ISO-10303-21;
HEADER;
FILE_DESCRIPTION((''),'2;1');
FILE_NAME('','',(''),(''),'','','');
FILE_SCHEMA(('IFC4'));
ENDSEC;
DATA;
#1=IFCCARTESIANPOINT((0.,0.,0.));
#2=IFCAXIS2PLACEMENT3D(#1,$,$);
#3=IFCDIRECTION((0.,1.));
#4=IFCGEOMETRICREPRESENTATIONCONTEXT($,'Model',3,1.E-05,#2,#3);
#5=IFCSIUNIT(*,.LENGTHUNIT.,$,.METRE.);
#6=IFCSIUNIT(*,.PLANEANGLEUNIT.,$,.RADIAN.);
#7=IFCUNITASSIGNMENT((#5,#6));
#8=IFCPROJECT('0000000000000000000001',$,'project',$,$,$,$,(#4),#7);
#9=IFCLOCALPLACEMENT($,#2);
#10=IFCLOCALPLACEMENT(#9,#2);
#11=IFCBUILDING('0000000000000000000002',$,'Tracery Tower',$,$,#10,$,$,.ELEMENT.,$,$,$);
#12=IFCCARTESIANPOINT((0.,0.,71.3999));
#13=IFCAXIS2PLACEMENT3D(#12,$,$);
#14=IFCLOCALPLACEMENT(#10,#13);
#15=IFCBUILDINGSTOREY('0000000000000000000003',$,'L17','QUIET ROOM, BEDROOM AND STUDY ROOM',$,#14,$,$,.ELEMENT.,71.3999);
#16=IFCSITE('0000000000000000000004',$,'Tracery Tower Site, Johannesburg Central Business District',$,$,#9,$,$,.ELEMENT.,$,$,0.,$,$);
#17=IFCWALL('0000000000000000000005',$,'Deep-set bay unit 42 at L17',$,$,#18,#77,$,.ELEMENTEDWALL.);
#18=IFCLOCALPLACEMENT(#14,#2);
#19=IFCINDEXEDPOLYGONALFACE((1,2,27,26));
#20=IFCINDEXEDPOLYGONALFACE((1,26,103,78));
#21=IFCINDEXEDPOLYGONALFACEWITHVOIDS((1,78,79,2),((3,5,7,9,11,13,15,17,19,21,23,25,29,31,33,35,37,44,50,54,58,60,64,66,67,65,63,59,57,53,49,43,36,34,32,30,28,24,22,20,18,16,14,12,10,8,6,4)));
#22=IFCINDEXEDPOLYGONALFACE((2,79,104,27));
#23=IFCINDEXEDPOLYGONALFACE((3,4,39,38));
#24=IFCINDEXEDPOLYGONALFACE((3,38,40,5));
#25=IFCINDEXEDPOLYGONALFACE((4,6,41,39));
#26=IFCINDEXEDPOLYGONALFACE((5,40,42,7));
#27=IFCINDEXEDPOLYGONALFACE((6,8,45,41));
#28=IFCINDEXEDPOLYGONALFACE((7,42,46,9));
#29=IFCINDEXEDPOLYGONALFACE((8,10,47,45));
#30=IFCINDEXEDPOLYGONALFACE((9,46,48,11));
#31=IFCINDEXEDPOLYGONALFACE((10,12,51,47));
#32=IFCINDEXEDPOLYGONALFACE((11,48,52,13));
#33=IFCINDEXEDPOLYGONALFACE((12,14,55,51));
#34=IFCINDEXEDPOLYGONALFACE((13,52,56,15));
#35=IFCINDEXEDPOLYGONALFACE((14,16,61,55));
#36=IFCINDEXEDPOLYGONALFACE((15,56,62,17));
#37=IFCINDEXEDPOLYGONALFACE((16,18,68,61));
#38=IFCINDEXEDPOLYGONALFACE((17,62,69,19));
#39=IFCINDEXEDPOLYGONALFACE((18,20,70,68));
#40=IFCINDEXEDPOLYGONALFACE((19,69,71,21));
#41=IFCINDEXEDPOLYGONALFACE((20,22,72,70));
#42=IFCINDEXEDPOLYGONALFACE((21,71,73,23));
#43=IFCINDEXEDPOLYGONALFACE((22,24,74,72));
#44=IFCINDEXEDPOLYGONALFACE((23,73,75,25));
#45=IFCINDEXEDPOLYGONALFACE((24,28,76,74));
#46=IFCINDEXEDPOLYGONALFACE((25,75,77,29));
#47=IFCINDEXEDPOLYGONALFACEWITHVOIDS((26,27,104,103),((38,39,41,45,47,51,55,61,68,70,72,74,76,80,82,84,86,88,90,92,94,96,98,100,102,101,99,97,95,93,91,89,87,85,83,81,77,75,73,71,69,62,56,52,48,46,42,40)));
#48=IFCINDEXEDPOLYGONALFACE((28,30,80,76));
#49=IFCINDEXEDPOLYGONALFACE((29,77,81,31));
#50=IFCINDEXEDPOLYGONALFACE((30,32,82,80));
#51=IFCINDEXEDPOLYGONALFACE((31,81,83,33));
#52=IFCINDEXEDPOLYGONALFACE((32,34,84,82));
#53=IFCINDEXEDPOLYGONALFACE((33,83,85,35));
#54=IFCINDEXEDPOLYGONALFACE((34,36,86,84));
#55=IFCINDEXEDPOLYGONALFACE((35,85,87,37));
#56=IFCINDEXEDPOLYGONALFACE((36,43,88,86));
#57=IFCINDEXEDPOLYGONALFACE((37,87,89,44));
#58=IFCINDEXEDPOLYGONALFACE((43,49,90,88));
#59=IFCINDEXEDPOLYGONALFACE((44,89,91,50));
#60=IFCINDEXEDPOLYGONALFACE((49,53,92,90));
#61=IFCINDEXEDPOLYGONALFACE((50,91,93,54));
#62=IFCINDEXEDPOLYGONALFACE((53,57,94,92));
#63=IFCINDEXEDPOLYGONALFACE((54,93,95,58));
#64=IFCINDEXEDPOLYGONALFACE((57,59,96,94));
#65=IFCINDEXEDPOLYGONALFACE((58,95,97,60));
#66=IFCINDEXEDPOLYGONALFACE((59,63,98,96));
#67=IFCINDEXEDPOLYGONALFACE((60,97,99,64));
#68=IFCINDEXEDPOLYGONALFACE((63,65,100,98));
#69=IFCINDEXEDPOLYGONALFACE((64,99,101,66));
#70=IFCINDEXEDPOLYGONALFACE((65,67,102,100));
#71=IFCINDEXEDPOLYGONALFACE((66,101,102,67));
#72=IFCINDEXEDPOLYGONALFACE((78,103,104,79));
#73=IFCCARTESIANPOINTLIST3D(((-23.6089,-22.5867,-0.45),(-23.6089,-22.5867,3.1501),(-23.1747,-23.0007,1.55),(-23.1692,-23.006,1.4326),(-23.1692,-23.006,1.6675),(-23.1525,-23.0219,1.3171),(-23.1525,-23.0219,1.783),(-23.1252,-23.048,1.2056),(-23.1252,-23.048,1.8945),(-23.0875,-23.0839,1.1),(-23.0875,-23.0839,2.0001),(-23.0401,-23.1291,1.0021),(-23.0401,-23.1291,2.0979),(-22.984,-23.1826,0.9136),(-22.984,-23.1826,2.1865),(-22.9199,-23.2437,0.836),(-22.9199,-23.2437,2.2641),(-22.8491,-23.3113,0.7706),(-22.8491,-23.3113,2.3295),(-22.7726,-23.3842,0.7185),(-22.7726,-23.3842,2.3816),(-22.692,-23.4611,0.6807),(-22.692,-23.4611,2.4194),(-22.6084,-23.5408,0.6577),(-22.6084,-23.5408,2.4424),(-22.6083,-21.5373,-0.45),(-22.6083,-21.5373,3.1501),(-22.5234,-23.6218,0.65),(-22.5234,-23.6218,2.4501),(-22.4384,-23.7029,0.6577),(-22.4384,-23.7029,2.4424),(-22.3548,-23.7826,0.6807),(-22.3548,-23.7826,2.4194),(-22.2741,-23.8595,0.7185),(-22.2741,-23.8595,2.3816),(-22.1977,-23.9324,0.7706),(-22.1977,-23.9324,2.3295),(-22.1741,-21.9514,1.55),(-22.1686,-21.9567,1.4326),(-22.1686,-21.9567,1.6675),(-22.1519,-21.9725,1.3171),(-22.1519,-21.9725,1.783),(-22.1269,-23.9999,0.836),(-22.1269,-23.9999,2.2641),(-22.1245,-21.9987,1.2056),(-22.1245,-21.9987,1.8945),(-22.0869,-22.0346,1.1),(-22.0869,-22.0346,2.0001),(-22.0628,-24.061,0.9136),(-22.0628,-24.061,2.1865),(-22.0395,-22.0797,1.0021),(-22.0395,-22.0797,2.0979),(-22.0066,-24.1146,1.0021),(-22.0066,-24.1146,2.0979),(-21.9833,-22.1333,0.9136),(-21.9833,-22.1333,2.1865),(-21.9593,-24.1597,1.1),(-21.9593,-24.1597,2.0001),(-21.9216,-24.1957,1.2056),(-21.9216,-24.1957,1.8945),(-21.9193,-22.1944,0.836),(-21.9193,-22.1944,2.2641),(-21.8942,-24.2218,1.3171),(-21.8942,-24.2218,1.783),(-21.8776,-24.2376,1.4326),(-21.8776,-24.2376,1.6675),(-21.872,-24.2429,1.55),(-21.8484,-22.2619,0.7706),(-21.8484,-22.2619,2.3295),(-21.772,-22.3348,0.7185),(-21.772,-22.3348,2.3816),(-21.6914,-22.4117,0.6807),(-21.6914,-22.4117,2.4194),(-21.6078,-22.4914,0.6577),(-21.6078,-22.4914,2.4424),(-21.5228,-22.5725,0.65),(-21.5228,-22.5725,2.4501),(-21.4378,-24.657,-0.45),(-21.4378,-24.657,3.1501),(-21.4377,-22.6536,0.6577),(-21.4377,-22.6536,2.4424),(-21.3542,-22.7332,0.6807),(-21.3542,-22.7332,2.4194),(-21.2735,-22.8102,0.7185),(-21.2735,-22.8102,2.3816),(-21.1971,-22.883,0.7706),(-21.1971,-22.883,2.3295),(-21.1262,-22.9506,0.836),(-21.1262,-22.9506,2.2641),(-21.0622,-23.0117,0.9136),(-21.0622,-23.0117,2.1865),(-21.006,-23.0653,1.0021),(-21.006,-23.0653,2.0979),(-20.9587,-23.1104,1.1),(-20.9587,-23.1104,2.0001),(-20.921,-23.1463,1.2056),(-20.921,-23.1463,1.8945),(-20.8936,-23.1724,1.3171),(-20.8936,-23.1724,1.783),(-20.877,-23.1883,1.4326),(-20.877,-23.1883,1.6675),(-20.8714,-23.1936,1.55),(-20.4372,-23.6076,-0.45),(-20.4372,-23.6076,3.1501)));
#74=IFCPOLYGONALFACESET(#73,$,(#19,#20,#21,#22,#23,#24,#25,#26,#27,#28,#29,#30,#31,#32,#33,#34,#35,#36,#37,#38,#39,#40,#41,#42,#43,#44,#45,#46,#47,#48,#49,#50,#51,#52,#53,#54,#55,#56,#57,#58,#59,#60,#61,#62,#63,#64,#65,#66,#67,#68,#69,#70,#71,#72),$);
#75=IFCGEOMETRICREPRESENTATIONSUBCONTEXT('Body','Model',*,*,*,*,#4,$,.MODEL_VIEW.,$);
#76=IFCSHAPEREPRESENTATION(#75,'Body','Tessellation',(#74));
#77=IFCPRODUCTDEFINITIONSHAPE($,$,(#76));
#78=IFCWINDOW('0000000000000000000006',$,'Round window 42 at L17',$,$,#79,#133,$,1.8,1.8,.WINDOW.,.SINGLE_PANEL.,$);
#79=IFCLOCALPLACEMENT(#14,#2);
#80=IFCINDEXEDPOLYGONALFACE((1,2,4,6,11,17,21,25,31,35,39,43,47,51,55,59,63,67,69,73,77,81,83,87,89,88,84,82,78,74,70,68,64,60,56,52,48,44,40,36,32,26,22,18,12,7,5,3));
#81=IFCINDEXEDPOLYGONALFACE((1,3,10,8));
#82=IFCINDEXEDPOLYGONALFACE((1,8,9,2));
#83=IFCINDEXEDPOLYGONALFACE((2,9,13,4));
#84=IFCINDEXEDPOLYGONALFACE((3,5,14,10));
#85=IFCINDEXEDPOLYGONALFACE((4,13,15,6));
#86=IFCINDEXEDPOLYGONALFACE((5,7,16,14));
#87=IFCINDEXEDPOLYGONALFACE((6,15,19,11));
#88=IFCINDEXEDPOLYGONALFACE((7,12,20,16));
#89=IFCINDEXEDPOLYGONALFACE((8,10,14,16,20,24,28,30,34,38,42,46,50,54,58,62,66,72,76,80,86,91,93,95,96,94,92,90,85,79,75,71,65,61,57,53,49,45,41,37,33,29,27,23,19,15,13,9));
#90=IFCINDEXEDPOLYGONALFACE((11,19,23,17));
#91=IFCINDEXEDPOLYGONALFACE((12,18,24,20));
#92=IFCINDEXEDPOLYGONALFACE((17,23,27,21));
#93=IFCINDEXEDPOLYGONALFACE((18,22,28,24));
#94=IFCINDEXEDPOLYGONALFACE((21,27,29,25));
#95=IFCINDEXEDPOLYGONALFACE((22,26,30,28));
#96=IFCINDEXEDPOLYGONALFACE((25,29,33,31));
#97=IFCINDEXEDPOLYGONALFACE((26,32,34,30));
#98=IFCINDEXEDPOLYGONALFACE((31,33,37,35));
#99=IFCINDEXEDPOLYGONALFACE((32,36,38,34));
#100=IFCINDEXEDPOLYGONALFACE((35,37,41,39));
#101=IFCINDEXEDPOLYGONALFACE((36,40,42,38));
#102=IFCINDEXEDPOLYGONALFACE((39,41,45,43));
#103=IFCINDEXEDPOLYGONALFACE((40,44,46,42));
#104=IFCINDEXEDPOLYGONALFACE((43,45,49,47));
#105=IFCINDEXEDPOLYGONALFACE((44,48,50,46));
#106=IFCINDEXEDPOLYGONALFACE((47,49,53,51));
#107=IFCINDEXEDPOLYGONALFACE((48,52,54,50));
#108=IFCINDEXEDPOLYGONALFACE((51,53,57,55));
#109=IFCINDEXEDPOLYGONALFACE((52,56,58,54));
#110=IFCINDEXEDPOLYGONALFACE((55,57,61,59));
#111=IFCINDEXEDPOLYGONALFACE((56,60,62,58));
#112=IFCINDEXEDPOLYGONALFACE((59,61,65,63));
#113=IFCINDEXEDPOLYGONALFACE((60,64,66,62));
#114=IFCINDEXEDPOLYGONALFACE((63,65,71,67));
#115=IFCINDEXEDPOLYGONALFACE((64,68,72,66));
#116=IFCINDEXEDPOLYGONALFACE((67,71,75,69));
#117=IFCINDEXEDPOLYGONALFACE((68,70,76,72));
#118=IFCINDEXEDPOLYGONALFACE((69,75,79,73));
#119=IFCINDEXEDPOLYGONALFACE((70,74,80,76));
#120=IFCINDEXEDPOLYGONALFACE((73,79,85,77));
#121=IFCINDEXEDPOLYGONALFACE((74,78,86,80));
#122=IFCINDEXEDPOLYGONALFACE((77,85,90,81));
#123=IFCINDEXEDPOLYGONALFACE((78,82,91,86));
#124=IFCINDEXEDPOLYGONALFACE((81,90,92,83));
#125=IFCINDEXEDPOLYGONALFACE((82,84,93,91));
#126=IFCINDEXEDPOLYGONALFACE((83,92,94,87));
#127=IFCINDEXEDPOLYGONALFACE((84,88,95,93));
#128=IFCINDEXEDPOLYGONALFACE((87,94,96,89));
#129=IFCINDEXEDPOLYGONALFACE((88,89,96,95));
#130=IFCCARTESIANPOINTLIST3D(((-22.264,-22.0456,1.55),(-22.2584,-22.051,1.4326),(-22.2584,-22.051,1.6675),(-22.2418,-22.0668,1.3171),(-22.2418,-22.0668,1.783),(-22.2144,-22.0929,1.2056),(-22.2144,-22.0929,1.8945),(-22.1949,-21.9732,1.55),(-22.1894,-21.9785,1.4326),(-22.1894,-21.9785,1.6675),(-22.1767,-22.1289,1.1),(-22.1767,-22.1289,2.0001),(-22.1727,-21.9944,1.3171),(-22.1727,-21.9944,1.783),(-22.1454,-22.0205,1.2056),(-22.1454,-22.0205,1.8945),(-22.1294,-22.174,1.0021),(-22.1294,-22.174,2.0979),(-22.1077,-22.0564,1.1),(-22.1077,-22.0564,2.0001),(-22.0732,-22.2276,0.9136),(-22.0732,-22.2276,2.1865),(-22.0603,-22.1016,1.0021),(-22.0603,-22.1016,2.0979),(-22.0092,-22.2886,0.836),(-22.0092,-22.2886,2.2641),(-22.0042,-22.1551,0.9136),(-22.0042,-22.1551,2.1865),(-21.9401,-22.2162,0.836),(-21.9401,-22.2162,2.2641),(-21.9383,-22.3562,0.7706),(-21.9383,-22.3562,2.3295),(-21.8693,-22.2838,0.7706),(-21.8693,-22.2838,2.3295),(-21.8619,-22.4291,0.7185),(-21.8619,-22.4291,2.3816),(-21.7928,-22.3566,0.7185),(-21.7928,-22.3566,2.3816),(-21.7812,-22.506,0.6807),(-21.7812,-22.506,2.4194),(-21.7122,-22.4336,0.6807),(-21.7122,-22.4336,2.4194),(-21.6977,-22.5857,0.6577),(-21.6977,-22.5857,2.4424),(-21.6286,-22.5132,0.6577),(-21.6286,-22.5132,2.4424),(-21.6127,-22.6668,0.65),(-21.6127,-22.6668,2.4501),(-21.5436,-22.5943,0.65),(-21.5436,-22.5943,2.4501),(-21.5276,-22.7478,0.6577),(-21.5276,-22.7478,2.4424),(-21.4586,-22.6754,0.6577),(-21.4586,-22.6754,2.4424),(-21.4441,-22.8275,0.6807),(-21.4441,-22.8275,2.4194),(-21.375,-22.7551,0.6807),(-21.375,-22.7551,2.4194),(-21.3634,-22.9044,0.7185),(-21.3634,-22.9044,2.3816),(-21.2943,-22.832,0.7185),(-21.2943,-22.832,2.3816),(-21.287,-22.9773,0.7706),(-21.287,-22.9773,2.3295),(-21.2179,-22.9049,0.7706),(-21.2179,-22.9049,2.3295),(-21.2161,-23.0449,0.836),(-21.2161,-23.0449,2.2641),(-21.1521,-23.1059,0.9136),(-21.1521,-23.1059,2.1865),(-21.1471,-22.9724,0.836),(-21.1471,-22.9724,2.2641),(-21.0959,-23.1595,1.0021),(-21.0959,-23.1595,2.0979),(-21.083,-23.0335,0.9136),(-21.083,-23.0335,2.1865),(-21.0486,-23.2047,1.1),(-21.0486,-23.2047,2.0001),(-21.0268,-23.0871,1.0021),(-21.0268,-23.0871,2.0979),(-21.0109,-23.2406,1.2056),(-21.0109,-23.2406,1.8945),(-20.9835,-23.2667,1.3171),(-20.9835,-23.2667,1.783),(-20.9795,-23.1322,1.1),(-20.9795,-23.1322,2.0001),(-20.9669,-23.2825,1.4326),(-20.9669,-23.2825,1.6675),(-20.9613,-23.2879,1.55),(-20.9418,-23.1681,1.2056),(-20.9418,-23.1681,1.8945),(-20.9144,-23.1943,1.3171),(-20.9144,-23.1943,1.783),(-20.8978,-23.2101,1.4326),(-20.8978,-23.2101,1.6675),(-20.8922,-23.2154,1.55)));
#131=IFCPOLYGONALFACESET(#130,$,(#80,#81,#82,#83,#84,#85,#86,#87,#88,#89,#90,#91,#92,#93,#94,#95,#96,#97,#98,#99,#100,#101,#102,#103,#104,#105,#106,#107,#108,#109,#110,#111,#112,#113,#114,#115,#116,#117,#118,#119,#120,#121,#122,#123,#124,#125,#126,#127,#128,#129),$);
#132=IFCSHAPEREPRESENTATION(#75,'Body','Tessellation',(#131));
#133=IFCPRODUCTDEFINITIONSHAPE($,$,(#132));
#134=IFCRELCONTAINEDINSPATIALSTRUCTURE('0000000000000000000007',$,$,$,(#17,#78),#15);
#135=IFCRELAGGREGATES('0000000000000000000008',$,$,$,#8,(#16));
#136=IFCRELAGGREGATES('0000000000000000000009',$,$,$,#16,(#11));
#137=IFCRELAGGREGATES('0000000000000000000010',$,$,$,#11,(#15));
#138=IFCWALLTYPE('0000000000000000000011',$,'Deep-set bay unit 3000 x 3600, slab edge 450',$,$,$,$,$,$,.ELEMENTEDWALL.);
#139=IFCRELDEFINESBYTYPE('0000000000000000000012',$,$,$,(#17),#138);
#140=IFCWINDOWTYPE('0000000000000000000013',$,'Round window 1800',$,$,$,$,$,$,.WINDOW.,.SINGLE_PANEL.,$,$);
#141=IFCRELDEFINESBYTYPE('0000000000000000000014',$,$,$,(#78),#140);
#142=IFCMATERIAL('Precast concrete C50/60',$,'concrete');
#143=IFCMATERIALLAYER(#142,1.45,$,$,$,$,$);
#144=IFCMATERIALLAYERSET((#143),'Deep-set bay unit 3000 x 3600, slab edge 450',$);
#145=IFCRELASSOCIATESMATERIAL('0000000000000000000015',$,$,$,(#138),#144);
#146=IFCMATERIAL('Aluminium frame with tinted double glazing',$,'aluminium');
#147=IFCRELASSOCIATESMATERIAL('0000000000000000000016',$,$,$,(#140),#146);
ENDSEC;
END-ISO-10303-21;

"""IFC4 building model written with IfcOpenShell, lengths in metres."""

from ifc_helpers import new_model, si_unit, direction, frame, frame_2d, origin, origin_2d, place, context, subcontext, project, spatial, rectangle, circle, extrude, material, layer, layer_set, type_object, element, fill, save


model = new_model("IFC4")

# Units and contexts
model_context = context("Model", 3, precision=1e-05, world=origin(), true_north=direction((0.0, 1.0)))
body_context = subcontext(model_context, "Body", "Model", "MODEL_VIEW")
ifc_project = project(units=[si_unit("LENGTHUNIT", "METRE"), si_unit("PLANEANGLEUNIT", "RADIAN")], contexts=[model_context])

# Site, building, storey
site_placement = place(None, origin())
site = spatial("IfcSite", under=ifc_project, at=site_placement, Name="Tracery Tower Site, Johannesburg Central Business District", CompositionType="ELEMENT", RefElevation=0.0)
building_placement = place(site_placement, origin())
building = spatial("IfcBuilding", under=site, at=building_placement, Name="Tracery Tower", CompositionType="ELEMENT")
storey_placement = place(building_placement, frame((0.0, 0.0, 71.3999)))
storey = spatial("IfcBuildingStorey", under=building, at=storey_placement, Name="L17", Description="QUIET ROOM, BEDROOM AND STUDY ROOM", CompositionType="ELEMENT", Elevation=71.3999)

# Wall, opening, window
ifc_material_1 = material(Name="Precast concrete C50/60", Category="concrete")
ifc_layer_1 = layer(ifc_material_1, 1.45)
ifc_layer_set_1 = layer_set([ifc_layer_1], Name="Deep-set bay unit 3000 x 3600, slab edge 450")
wall_type_1 = type_object("IfcWallType", Name="Deep-set bay unit 3000 x 3600, slab edge 450", PredefinedType="ELEMENTEDWALL", material=ifc_layer_set_1)
ifc_material_2 = material(Name="Aluminium frame with tinted double glazing", Category="aluminium")
window_type = type_object("IfcWindowType", Name="Round window 1800", PartitioningType="SINGLE_PANEL", PredefinedType="WINDOW", material=ifc_material_2)
wall_1_placement = place(storey_placement, frame((-23.1086, -22.062, -0.45), z_axis=(0.0, 0.0, 1.0), x_axis=(0.723712, -0.690102, 0.0)))
wall_1 = element("IfcWall", 1, at=wall_1_placement, inside=storey, type_object=wall_type_1, Name="Deep-set bay unit 42 at L17", PredefinedType="ELEMENTEDWALL", context=body_context, shape_type="SweptSolid", body=[
    extrude(rectangle(XDim=3.0, YDim=1.45, at=frame_2d((1.5, 0.0))), origin(), (0.0, 0.0, 1.0), 3.6001),
])
opening_1_placement = place(wall_1_placement, frame((1.5, 0.0, 2.0)))
opening_1 = element("IfcOpeningElement", 2, at=opening_1_placement, cuts=wall_1, PredefinedType="OPENING", context=body_context, shape_type="SweptSolid", body=[
    extrude(circle(Radius=0.9, at=origin_2d()), frame((0.0, 0.7349, 0.0), z_axis=(0.0, -1.0, 0.0), x_axis=(1.0, 0.0, 0.0)), (0.0, 0.0, 1.0), 1.47),
])
window_1_placement = place(opening_1_placement, origin())
window_1 = element("IfcWindow", 3, at=window_1_placement, inside=storey, type_object=window_type, Name="Round window 42 at L17", OverallHeight=1.8, OverallWidth=1.8, PartitioningType="SINGLE_PANEL", PredefinedType="WINDOW", context=body_context, shape_type="SweptSolid", body=[
    extrude(circle(Radius=0.9, at=origin_2d()), frame((0.0, 0.6948, 0.0), z_axis=(0.0, -1.0, 0.0), x_axis=(1.0, 0.0, 0.0)), (0.0, 0.0, 1.0), 0.1001),
])
fill(opening_1, window_1)

save(model, "model.ifc")
